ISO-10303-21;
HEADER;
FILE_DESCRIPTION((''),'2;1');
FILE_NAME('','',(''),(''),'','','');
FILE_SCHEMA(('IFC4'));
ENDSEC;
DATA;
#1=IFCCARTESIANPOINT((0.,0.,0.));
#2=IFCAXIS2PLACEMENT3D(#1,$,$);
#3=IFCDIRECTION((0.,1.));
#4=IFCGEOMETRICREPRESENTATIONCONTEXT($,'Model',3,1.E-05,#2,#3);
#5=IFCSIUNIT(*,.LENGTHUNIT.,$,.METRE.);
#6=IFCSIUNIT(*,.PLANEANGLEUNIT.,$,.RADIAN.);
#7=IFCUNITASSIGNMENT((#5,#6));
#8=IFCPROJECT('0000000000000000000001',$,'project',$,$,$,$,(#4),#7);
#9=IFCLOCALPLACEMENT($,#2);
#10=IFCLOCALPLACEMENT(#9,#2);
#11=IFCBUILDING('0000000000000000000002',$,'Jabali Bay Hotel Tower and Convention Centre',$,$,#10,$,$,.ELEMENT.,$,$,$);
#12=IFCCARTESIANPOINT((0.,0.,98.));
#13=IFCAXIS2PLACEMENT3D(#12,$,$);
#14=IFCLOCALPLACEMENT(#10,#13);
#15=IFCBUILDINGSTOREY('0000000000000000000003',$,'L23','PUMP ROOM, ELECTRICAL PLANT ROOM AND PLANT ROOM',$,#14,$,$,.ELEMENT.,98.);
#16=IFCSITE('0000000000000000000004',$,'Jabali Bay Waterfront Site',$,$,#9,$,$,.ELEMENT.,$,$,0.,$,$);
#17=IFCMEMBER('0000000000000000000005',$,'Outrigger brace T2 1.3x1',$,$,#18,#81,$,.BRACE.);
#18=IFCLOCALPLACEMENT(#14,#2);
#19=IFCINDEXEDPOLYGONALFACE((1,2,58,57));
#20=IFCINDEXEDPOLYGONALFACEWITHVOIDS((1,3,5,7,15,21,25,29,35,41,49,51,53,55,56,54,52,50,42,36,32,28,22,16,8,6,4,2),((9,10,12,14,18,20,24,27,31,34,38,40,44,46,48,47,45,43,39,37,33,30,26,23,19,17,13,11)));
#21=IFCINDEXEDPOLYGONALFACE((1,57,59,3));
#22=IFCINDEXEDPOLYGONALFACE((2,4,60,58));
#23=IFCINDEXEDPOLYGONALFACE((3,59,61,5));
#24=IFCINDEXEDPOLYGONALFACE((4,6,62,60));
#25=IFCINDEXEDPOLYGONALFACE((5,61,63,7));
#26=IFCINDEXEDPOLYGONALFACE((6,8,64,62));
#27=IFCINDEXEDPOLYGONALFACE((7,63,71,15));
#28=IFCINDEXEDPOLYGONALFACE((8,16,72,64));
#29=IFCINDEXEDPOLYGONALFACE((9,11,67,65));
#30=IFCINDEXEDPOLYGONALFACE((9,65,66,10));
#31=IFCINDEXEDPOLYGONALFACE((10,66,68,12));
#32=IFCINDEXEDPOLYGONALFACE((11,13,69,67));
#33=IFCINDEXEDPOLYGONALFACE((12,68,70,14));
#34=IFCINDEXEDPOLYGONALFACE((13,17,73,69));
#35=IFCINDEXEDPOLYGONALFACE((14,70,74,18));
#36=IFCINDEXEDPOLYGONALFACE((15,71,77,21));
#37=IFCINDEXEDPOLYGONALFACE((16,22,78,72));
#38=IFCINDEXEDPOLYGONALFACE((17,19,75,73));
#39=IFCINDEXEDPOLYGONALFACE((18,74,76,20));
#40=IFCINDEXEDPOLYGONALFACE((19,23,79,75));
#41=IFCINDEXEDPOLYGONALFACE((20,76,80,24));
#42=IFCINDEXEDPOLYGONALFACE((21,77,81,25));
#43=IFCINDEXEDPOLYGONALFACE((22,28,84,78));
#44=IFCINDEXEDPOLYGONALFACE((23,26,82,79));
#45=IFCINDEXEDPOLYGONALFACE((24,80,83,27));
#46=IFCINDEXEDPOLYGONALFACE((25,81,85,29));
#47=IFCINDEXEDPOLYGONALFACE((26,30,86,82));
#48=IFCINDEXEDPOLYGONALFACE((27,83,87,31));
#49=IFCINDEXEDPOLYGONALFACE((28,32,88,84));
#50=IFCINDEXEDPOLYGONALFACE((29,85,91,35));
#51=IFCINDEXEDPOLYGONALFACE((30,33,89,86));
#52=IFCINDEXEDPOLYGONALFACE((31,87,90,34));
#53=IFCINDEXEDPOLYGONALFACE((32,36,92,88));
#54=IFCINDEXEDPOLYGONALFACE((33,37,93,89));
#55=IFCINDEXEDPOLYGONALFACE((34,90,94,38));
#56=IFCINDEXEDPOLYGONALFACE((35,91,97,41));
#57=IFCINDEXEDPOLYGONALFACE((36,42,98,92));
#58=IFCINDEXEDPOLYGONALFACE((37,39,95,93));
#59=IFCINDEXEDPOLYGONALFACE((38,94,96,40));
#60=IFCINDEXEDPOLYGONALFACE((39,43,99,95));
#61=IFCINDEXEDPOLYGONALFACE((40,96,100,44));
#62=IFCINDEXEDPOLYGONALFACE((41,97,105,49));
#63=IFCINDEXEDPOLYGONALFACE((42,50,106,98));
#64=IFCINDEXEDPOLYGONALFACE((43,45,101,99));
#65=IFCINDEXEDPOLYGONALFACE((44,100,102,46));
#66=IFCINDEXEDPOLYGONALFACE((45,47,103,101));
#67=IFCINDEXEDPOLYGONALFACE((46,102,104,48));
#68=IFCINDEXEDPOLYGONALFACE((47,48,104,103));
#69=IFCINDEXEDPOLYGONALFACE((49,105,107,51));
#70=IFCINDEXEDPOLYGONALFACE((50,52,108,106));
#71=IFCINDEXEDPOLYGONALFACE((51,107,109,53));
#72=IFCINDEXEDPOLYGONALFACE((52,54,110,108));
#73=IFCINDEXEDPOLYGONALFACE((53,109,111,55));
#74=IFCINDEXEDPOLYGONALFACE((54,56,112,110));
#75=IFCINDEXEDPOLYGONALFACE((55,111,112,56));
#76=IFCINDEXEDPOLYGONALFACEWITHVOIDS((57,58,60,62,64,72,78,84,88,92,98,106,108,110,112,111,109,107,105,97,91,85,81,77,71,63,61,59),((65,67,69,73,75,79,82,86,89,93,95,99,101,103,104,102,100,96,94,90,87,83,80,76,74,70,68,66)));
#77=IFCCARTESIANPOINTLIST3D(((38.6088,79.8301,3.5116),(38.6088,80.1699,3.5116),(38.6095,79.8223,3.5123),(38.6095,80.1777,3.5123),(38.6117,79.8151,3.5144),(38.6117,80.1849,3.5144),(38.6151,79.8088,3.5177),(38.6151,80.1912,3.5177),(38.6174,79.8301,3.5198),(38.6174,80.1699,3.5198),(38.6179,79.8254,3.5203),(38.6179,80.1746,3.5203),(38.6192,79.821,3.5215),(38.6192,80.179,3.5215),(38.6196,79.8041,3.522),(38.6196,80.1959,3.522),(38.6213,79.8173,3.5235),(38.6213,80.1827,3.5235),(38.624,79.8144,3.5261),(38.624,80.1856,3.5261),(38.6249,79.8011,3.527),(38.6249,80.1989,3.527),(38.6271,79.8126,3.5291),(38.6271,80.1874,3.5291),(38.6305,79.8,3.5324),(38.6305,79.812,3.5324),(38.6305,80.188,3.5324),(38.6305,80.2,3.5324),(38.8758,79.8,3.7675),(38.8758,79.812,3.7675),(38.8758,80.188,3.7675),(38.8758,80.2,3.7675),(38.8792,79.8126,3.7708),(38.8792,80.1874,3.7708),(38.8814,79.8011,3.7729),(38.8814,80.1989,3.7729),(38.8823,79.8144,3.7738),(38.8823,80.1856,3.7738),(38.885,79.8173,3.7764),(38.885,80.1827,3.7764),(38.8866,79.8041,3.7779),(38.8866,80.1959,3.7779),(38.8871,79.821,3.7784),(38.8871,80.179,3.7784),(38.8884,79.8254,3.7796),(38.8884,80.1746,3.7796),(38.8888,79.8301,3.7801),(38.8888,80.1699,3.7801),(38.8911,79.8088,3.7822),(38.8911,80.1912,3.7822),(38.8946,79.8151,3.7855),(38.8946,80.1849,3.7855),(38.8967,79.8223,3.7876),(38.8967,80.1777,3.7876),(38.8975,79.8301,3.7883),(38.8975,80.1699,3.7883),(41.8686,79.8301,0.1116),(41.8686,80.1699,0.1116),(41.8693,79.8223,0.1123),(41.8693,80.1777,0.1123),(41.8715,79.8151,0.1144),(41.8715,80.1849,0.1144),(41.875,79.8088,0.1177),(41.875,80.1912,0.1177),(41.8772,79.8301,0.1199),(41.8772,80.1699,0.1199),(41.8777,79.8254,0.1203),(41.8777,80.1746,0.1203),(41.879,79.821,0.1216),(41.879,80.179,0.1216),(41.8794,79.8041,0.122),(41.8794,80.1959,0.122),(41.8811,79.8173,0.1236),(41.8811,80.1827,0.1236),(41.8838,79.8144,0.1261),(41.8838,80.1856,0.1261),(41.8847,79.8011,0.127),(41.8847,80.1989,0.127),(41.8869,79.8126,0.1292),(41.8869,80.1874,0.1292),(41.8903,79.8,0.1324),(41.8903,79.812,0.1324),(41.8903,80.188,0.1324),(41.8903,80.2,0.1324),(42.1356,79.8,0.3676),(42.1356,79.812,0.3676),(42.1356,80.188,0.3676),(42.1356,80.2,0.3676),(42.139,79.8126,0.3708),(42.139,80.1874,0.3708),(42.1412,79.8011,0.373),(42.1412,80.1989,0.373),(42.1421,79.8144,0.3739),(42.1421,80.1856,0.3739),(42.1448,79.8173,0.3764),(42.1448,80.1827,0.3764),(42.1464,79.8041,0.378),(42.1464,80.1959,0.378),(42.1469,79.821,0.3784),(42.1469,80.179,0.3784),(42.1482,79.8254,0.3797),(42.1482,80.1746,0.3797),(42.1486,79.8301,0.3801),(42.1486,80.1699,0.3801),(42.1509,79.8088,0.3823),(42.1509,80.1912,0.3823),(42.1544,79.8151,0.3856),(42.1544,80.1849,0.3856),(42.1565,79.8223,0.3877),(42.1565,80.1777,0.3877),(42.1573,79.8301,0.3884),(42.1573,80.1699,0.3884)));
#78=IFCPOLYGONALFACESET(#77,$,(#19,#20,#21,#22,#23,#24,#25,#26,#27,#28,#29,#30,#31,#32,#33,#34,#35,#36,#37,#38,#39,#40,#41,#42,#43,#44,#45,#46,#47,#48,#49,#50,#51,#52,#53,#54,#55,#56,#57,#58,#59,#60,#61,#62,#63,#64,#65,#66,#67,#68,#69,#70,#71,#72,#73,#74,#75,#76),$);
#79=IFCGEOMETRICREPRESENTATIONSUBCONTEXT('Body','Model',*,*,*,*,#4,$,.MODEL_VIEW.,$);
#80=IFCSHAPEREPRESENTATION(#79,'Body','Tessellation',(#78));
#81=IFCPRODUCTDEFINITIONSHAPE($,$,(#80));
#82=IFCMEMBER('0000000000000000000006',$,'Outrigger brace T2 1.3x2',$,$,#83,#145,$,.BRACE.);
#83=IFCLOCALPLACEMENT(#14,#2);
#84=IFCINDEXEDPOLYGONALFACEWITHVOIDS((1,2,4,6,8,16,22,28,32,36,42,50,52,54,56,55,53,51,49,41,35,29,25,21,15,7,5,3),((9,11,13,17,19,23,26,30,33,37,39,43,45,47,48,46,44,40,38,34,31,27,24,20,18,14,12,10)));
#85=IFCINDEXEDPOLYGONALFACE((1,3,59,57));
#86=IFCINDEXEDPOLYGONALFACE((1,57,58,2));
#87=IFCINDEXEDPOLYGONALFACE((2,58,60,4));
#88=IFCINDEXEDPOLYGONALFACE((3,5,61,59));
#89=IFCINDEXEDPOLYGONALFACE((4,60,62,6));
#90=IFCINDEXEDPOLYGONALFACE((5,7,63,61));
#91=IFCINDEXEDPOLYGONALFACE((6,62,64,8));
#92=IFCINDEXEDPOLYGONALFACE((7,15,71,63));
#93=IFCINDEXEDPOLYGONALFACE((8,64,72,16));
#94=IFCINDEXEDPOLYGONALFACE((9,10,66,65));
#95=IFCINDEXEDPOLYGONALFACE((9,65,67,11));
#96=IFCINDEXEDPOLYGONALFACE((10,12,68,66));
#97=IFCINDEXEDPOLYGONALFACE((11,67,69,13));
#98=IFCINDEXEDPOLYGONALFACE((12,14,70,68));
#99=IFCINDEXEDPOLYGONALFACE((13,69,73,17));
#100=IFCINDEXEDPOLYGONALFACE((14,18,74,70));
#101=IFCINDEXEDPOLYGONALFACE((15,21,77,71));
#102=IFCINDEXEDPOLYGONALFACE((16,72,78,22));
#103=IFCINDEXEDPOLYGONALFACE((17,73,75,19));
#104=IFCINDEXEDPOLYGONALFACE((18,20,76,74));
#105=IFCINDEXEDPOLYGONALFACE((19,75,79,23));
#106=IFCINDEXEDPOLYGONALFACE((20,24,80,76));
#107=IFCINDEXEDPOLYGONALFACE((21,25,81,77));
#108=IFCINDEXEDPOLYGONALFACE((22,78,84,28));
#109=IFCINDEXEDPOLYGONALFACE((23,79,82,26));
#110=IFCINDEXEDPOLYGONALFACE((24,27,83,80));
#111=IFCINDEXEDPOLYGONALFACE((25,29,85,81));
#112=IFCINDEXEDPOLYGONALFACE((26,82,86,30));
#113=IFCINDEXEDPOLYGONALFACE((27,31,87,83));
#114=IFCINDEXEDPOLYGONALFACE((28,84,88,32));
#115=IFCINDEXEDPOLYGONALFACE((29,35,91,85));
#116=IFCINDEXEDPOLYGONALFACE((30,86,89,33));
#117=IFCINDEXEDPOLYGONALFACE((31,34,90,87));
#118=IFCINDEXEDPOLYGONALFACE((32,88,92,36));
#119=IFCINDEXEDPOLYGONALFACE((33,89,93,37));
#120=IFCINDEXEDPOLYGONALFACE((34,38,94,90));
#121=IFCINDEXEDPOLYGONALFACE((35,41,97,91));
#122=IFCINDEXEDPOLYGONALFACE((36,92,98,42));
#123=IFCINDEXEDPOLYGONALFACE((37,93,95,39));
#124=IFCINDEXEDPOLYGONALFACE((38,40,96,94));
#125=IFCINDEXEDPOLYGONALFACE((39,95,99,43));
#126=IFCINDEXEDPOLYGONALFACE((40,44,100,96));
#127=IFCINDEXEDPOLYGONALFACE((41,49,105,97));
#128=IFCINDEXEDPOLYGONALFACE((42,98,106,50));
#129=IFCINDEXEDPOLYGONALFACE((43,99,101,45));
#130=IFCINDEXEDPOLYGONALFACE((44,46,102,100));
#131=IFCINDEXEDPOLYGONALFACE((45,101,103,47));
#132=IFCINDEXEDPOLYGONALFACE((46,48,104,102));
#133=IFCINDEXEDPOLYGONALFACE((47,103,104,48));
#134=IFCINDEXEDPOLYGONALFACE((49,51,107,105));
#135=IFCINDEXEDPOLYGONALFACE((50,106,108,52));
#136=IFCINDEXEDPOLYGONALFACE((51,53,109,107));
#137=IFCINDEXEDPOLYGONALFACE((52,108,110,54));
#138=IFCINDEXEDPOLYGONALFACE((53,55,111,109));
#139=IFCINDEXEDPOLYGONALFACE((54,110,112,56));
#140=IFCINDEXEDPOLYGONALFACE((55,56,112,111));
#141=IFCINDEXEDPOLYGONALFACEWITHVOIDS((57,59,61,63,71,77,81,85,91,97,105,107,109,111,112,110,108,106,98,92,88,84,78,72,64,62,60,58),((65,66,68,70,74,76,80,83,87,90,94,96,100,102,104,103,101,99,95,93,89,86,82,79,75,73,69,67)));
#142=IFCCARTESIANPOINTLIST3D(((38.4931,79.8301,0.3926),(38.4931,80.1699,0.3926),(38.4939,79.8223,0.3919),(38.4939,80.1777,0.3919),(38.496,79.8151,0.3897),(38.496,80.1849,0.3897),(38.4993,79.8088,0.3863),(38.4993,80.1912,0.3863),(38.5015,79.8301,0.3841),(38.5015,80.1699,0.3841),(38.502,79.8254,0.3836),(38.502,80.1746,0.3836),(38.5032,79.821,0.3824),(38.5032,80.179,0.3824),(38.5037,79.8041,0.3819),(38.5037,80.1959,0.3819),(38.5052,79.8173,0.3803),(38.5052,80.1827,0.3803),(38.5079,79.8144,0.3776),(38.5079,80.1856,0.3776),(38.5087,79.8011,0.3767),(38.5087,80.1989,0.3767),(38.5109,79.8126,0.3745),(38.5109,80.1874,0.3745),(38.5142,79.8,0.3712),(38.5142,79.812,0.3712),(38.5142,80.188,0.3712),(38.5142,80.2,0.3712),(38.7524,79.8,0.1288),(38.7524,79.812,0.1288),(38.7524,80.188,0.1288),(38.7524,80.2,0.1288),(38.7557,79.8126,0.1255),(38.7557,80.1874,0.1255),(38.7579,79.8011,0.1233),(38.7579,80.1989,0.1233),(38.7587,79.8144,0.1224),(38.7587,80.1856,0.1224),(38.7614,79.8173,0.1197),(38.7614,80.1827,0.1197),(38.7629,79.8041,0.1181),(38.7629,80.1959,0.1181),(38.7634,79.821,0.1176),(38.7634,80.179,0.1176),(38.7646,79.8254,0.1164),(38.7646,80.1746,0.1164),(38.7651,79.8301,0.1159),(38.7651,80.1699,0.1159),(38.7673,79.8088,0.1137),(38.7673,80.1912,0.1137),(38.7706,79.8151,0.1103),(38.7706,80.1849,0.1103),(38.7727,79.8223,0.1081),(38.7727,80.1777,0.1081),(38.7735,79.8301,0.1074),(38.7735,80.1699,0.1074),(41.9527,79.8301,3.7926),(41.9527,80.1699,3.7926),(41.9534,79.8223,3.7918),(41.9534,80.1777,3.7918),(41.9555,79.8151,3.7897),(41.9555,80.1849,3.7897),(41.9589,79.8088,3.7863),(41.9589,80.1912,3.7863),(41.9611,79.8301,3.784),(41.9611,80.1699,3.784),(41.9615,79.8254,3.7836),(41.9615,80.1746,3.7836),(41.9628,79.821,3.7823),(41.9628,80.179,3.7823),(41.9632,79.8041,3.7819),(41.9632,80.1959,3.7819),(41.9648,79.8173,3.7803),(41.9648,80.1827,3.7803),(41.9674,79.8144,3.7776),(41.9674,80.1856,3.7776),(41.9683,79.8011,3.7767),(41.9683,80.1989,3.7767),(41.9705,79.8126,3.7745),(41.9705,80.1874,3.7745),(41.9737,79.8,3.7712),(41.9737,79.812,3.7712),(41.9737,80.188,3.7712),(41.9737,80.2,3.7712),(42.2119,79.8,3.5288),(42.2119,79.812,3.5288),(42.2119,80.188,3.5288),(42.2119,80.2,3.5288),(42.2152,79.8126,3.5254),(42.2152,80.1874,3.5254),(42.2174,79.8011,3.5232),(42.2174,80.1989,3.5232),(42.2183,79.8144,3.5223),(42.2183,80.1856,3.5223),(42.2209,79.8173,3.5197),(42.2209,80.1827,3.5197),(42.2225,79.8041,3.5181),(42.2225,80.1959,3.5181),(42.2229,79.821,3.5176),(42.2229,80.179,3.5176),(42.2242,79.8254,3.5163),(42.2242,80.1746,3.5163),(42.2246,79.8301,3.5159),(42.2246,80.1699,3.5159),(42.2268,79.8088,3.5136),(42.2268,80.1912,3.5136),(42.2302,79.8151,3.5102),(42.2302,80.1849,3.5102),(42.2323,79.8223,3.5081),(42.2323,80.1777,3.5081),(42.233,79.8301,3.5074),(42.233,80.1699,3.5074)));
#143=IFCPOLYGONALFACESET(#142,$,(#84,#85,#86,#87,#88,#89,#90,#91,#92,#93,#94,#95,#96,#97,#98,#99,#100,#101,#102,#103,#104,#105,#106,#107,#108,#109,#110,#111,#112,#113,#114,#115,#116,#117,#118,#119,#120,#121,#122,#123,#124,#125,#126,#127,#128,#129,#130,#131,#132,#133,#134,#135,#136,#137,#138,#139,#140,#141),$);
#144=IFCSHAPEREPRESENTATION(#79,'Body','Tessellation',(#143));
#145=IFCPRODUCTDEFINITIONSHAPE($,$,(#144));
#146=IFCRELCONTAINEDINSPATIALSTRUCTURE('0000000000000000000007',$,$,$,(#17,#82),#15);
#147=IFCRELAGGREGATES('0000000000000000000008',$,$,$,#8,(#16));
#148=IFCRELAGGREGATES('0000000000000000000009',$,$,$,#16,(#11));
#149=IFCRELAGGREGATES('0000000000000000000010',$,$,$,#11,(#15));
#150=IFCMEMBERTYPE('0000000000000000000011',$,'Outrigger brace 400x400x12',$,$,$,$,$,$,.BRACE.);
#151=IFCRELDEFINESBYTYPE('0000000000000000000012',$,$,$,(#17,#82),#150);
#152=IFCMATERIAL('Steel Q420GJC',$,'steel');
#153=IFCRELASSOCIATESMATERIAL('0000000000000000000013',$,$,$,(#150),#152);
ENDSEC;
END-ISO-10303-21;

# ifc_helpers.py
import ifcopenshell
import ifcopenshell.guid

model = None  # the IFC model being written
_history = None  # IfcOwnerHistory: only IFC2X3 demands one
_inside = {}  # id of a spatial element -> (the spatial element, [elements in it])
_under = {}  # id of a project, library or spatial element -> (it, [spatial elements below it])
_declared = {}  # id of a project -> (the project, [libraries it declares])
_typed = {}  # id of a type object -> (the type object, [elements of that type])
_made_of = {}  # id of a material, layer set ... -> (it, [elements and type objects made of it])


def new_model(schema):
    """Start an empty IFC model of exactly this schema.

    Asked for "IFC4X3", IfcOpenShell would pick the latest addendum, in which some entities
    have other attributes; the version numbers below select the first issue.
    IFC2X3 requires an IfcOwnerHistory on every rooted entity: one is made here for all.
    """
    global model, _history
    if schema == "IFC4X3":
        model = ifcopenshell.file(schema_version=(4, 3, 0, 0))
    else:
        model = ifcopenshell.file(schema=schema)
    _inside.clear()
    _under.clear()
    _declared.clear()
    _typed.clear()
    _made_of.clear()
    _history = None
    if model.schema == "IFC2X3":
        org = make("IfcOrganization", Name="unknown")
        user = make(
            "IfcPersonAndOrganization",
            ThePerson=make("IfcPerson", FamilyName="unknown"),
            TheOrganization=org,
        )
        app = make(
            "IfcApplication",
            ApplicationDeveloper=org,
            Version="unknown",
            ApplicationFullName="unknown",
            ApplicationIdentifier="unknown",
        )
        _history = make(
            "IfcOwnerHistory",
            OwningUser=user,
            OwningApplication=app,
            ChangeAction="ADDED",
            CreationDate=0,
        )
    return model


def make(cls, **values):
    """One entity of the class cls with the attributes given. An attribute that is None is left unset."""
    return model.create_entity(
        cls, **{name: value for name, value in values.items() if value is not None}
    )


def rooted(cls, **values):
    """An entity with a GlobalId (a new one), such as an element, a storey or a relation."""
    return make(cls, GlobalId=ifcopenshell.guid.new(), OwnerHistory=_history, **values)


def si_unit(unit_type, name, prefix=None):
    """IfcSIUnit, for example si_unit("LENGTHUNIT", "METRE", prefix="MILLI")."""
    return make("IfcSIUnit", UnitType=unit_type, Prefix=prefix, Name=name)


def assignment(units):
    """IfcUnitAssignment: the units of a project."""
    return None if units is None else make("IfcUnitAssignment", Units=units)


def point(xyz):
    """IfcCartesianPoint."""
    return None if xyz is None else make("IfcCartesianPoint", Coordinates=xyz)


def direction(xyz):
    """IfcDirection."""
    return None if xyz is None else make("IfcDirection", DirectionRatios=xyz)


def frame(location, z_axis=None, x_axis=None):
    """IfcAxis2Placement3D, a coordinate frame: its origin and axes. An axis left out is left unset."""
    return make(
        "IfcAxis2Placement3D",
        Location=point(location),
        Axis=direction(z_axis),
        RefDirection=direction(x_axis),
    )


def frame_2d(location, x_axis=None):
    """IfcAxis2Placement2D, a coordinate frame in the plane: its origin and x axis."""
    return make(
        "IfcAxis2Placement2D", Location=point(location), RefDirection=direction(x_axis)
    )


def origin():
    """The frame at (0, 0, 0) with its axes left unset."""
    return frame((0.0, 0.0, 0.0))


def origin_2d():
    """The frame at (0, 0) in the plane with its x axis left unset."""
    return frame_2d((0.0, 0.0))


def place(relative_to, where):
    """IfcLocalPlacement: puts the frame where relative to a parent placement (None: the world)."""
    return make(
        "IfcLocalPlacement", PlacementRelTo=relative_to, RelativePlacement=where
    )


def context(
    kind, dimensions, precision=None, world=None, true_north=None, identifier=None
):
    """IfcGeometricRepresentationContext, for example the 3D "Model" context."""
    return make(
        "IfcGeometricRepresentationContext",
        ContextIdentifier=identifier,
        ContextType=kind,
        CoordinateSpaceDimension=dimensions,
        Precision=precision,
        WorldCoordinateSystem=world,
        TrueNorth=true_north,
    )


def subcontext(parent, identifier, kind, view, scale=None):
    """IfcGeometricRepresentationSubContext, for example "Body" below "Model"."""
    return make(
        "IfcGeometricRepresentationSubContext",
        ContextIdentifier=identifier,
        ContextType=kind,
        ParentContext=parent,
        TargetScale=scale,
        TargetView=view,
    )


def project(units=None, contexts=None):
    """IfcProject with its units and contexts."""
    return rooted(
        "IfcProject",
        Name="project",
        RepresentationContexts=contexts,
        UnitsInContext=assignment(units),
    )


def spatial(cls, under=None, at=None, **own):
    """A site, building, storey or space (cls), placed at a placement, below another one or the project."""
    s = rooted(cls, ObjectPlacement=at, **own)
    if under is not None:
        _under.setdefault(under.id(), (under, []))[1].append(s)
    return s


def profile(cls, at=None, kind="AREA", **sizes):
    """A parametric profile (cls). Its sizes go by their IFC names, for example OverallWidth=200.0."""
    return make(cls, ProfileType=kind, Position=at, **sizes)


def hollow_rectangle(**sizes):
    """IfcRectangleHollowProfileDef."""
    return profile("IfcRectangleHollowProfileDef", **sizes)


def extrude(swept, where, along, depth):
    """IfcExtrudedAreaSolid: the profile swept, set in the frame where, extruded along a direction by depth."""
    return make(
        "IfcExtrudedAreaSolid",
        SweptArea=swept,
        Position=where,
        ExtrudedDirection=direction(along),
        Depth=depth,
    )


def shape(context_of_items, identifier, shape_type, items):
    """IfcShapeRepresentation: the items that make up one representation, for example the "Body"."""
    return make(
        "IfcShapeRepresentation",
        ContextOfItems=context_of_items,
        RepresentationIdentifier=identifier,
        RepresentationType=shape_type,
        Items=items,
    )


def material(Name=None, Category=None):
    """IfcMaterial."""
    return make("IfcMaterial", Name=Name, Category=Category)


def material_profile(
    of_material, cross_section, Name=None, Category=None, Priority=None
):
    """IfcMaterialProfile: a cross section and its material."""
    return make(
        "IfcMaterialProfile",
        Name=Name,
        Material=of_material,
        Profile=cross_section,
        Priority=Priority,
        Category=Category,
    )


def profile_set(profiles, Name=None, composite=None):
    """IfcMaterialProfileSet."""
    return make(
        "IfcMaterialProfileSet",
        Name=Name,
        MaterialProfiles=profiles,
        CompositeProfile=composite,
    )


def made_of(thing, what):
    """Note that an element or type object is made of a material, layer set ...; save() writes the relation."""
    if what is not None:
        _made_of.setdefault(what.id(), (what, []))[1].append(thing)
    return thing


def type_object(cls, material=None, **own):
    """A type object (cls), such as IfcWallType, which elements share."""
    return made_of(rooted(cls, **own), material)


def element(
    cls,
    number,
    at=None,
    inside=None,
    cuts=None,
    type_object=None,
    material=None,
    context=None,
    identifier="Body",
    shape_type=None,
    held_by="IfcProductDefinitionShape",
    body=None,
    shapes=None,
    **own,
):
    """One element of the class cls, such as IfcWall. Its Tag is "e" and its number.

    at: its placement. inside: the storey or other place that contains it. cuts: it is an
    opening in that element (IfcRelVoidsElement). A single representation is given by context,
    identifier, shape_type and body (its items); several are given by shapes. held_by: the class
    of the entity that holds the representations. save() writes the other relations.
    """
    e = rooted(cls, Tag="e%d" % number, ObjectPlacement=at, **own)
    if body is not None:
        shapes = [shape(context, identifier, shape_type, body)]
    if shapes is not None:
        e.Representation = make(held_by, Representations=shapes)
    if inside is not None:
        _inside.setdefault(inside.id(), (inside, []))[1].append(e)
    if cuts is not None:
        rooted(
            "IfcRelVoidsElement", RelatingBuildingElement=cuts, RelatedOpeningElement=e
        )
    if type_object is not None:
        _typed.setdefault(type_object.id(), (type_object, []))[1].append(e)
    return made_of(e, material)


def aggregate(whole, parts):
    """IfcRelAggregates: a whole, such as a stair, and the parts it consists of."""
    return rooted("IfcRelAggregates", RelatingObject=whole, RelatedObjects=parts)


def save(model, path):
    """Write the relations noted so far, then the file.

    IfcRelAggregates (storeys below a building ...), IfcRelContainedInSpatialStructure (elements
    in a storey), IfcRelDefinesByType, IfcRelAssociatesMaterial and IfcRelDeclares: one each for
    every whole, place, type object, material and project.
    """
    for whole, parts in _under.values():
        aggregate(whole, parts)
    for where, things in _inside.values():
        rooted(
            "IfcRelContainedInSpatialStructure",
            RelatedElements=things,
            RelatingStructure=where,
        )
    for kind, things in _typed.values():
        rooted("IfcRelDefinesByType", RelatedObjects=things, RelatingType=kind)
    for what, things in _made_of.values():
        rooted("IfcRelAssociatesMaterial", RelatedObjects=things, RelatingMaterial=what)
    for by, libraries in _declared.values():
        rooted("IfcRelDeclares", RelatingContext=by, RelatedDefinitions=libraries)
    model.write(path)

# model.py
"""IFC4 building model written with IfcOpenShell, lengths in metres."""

from ifc_helpers import new_model, si_unit, direction, frame, origin, origin_2d, place, context, subcontext, project, spatial, hollow_rectangle, extrude, material, material_profile, profile_set, type_object, element, save


model = new_model("IFC4")

# Units and contexts
model_context = context("Model", 3, precision=1e-05, world=origin(), true_north=direction((0.0, 1.0)))
body_context = subcontext(model_context, "Body", "Model", "MODEL_VIEW")
ifc_project = project(units=[si_unit("LENGTHUNIT", "METRE"), si_unit("PLANEANGLEUNIT", "RADIAN")], contexts=[model_context])

# Site, building, storey
site_placement = place(None, origin())
site = spatial("IfcSite", under=ifc_project, at=site_placement, Name="Jabali Bay Waterfront Site", CompositionType="ELEMENT", RefElevation=0.0)
building_placement = place(site_placement, origin())
building = spatial("IfcBuilding", under=site, at=building_placement, Name="Jabali Bay Hotel Tower and Convention Centre", CompositionType="ELEMENT")
storey_placement = place(building_placement, frame((0.0, 0.0, 98.0)))
storey = spatial("IfcBuildingStorey", under=building, at=storey_placement, Name="L23", Description="PUMP ROOM, ELECTRICAL PLANT ROOM AND PLANT ROOM", CompositionType="ELEMENT", Elevation=98.0)

# Members
ifc_material_1 = material(Name="Steel Q420GJC", Category="steel")
ifc_material_profile_1 = material_profile(ifc_material_1, hollow_rectangle(XDim=0.3999, YDim=0.3999, WallThickness=0.012, InnerFilletRadius=0.0181, OuterFilletRadius=0.03, at=origin_2d()), Name="Outrigger brace 400x400x12")
ifc_profile_set_1 = profile_set([ifc_material_profile_1], Name="Steel Q420GJC")
member_type_1 = type_object("IfcMemberType", Name="Outrigger brace 400x400x12", PredefinedType="BRACE", material=ifc_profile_set_1)
member_1_placement = place(storey_placement, frame((42.0129, 80.0, 0.25), z_axis=(-0.692074, 0.0, 0.721826), x_axis=(0.0, -1.0, 0.0)))
element("IfcMember", 1, at=member_1_placement, inside=storey, type_object=member_type_1, Name="Outrigger brace T2 1.3x1", PredefinedType="BRACE", context=body_context, shape_type="SweptSolid", body=[
    extrude(hollow_rectangle(XDim=0.3999, YDim=0.3999, WallThickness=0.012, InnerFilletRadius=0.0181, OuterFilletRadius=0.03, at=origin_2d()), origin(), (0.0, 0.0, 1.0), 4.7102),
])
member_2_placement = place(storey_placement, frame((38.6333, 80.0, 0.25), z_axis=(0.713221, 0.0, 0.700939), x_axis=(0.0, 1.0, 0.0)))
element("IfcMember", 2, at=member_2_placement, inside=storey, type_object=member_type_1, Name="Outrigger brace T2 1.3x2", PredefinedType="BRACE", context=body_context, shape_type="SweptSolid", body=[
    extrude(hollow_rectangle(XDim=0.3999, YDim=0.3999, WallThickness=0.012, InnerFilletRadius=0.0181, OuterFilletRadius=0.03, at=origin_2d()), origin(), (0.0, 0.0, 1.0), 4.8506),
])

save(model, "model.ifc")
